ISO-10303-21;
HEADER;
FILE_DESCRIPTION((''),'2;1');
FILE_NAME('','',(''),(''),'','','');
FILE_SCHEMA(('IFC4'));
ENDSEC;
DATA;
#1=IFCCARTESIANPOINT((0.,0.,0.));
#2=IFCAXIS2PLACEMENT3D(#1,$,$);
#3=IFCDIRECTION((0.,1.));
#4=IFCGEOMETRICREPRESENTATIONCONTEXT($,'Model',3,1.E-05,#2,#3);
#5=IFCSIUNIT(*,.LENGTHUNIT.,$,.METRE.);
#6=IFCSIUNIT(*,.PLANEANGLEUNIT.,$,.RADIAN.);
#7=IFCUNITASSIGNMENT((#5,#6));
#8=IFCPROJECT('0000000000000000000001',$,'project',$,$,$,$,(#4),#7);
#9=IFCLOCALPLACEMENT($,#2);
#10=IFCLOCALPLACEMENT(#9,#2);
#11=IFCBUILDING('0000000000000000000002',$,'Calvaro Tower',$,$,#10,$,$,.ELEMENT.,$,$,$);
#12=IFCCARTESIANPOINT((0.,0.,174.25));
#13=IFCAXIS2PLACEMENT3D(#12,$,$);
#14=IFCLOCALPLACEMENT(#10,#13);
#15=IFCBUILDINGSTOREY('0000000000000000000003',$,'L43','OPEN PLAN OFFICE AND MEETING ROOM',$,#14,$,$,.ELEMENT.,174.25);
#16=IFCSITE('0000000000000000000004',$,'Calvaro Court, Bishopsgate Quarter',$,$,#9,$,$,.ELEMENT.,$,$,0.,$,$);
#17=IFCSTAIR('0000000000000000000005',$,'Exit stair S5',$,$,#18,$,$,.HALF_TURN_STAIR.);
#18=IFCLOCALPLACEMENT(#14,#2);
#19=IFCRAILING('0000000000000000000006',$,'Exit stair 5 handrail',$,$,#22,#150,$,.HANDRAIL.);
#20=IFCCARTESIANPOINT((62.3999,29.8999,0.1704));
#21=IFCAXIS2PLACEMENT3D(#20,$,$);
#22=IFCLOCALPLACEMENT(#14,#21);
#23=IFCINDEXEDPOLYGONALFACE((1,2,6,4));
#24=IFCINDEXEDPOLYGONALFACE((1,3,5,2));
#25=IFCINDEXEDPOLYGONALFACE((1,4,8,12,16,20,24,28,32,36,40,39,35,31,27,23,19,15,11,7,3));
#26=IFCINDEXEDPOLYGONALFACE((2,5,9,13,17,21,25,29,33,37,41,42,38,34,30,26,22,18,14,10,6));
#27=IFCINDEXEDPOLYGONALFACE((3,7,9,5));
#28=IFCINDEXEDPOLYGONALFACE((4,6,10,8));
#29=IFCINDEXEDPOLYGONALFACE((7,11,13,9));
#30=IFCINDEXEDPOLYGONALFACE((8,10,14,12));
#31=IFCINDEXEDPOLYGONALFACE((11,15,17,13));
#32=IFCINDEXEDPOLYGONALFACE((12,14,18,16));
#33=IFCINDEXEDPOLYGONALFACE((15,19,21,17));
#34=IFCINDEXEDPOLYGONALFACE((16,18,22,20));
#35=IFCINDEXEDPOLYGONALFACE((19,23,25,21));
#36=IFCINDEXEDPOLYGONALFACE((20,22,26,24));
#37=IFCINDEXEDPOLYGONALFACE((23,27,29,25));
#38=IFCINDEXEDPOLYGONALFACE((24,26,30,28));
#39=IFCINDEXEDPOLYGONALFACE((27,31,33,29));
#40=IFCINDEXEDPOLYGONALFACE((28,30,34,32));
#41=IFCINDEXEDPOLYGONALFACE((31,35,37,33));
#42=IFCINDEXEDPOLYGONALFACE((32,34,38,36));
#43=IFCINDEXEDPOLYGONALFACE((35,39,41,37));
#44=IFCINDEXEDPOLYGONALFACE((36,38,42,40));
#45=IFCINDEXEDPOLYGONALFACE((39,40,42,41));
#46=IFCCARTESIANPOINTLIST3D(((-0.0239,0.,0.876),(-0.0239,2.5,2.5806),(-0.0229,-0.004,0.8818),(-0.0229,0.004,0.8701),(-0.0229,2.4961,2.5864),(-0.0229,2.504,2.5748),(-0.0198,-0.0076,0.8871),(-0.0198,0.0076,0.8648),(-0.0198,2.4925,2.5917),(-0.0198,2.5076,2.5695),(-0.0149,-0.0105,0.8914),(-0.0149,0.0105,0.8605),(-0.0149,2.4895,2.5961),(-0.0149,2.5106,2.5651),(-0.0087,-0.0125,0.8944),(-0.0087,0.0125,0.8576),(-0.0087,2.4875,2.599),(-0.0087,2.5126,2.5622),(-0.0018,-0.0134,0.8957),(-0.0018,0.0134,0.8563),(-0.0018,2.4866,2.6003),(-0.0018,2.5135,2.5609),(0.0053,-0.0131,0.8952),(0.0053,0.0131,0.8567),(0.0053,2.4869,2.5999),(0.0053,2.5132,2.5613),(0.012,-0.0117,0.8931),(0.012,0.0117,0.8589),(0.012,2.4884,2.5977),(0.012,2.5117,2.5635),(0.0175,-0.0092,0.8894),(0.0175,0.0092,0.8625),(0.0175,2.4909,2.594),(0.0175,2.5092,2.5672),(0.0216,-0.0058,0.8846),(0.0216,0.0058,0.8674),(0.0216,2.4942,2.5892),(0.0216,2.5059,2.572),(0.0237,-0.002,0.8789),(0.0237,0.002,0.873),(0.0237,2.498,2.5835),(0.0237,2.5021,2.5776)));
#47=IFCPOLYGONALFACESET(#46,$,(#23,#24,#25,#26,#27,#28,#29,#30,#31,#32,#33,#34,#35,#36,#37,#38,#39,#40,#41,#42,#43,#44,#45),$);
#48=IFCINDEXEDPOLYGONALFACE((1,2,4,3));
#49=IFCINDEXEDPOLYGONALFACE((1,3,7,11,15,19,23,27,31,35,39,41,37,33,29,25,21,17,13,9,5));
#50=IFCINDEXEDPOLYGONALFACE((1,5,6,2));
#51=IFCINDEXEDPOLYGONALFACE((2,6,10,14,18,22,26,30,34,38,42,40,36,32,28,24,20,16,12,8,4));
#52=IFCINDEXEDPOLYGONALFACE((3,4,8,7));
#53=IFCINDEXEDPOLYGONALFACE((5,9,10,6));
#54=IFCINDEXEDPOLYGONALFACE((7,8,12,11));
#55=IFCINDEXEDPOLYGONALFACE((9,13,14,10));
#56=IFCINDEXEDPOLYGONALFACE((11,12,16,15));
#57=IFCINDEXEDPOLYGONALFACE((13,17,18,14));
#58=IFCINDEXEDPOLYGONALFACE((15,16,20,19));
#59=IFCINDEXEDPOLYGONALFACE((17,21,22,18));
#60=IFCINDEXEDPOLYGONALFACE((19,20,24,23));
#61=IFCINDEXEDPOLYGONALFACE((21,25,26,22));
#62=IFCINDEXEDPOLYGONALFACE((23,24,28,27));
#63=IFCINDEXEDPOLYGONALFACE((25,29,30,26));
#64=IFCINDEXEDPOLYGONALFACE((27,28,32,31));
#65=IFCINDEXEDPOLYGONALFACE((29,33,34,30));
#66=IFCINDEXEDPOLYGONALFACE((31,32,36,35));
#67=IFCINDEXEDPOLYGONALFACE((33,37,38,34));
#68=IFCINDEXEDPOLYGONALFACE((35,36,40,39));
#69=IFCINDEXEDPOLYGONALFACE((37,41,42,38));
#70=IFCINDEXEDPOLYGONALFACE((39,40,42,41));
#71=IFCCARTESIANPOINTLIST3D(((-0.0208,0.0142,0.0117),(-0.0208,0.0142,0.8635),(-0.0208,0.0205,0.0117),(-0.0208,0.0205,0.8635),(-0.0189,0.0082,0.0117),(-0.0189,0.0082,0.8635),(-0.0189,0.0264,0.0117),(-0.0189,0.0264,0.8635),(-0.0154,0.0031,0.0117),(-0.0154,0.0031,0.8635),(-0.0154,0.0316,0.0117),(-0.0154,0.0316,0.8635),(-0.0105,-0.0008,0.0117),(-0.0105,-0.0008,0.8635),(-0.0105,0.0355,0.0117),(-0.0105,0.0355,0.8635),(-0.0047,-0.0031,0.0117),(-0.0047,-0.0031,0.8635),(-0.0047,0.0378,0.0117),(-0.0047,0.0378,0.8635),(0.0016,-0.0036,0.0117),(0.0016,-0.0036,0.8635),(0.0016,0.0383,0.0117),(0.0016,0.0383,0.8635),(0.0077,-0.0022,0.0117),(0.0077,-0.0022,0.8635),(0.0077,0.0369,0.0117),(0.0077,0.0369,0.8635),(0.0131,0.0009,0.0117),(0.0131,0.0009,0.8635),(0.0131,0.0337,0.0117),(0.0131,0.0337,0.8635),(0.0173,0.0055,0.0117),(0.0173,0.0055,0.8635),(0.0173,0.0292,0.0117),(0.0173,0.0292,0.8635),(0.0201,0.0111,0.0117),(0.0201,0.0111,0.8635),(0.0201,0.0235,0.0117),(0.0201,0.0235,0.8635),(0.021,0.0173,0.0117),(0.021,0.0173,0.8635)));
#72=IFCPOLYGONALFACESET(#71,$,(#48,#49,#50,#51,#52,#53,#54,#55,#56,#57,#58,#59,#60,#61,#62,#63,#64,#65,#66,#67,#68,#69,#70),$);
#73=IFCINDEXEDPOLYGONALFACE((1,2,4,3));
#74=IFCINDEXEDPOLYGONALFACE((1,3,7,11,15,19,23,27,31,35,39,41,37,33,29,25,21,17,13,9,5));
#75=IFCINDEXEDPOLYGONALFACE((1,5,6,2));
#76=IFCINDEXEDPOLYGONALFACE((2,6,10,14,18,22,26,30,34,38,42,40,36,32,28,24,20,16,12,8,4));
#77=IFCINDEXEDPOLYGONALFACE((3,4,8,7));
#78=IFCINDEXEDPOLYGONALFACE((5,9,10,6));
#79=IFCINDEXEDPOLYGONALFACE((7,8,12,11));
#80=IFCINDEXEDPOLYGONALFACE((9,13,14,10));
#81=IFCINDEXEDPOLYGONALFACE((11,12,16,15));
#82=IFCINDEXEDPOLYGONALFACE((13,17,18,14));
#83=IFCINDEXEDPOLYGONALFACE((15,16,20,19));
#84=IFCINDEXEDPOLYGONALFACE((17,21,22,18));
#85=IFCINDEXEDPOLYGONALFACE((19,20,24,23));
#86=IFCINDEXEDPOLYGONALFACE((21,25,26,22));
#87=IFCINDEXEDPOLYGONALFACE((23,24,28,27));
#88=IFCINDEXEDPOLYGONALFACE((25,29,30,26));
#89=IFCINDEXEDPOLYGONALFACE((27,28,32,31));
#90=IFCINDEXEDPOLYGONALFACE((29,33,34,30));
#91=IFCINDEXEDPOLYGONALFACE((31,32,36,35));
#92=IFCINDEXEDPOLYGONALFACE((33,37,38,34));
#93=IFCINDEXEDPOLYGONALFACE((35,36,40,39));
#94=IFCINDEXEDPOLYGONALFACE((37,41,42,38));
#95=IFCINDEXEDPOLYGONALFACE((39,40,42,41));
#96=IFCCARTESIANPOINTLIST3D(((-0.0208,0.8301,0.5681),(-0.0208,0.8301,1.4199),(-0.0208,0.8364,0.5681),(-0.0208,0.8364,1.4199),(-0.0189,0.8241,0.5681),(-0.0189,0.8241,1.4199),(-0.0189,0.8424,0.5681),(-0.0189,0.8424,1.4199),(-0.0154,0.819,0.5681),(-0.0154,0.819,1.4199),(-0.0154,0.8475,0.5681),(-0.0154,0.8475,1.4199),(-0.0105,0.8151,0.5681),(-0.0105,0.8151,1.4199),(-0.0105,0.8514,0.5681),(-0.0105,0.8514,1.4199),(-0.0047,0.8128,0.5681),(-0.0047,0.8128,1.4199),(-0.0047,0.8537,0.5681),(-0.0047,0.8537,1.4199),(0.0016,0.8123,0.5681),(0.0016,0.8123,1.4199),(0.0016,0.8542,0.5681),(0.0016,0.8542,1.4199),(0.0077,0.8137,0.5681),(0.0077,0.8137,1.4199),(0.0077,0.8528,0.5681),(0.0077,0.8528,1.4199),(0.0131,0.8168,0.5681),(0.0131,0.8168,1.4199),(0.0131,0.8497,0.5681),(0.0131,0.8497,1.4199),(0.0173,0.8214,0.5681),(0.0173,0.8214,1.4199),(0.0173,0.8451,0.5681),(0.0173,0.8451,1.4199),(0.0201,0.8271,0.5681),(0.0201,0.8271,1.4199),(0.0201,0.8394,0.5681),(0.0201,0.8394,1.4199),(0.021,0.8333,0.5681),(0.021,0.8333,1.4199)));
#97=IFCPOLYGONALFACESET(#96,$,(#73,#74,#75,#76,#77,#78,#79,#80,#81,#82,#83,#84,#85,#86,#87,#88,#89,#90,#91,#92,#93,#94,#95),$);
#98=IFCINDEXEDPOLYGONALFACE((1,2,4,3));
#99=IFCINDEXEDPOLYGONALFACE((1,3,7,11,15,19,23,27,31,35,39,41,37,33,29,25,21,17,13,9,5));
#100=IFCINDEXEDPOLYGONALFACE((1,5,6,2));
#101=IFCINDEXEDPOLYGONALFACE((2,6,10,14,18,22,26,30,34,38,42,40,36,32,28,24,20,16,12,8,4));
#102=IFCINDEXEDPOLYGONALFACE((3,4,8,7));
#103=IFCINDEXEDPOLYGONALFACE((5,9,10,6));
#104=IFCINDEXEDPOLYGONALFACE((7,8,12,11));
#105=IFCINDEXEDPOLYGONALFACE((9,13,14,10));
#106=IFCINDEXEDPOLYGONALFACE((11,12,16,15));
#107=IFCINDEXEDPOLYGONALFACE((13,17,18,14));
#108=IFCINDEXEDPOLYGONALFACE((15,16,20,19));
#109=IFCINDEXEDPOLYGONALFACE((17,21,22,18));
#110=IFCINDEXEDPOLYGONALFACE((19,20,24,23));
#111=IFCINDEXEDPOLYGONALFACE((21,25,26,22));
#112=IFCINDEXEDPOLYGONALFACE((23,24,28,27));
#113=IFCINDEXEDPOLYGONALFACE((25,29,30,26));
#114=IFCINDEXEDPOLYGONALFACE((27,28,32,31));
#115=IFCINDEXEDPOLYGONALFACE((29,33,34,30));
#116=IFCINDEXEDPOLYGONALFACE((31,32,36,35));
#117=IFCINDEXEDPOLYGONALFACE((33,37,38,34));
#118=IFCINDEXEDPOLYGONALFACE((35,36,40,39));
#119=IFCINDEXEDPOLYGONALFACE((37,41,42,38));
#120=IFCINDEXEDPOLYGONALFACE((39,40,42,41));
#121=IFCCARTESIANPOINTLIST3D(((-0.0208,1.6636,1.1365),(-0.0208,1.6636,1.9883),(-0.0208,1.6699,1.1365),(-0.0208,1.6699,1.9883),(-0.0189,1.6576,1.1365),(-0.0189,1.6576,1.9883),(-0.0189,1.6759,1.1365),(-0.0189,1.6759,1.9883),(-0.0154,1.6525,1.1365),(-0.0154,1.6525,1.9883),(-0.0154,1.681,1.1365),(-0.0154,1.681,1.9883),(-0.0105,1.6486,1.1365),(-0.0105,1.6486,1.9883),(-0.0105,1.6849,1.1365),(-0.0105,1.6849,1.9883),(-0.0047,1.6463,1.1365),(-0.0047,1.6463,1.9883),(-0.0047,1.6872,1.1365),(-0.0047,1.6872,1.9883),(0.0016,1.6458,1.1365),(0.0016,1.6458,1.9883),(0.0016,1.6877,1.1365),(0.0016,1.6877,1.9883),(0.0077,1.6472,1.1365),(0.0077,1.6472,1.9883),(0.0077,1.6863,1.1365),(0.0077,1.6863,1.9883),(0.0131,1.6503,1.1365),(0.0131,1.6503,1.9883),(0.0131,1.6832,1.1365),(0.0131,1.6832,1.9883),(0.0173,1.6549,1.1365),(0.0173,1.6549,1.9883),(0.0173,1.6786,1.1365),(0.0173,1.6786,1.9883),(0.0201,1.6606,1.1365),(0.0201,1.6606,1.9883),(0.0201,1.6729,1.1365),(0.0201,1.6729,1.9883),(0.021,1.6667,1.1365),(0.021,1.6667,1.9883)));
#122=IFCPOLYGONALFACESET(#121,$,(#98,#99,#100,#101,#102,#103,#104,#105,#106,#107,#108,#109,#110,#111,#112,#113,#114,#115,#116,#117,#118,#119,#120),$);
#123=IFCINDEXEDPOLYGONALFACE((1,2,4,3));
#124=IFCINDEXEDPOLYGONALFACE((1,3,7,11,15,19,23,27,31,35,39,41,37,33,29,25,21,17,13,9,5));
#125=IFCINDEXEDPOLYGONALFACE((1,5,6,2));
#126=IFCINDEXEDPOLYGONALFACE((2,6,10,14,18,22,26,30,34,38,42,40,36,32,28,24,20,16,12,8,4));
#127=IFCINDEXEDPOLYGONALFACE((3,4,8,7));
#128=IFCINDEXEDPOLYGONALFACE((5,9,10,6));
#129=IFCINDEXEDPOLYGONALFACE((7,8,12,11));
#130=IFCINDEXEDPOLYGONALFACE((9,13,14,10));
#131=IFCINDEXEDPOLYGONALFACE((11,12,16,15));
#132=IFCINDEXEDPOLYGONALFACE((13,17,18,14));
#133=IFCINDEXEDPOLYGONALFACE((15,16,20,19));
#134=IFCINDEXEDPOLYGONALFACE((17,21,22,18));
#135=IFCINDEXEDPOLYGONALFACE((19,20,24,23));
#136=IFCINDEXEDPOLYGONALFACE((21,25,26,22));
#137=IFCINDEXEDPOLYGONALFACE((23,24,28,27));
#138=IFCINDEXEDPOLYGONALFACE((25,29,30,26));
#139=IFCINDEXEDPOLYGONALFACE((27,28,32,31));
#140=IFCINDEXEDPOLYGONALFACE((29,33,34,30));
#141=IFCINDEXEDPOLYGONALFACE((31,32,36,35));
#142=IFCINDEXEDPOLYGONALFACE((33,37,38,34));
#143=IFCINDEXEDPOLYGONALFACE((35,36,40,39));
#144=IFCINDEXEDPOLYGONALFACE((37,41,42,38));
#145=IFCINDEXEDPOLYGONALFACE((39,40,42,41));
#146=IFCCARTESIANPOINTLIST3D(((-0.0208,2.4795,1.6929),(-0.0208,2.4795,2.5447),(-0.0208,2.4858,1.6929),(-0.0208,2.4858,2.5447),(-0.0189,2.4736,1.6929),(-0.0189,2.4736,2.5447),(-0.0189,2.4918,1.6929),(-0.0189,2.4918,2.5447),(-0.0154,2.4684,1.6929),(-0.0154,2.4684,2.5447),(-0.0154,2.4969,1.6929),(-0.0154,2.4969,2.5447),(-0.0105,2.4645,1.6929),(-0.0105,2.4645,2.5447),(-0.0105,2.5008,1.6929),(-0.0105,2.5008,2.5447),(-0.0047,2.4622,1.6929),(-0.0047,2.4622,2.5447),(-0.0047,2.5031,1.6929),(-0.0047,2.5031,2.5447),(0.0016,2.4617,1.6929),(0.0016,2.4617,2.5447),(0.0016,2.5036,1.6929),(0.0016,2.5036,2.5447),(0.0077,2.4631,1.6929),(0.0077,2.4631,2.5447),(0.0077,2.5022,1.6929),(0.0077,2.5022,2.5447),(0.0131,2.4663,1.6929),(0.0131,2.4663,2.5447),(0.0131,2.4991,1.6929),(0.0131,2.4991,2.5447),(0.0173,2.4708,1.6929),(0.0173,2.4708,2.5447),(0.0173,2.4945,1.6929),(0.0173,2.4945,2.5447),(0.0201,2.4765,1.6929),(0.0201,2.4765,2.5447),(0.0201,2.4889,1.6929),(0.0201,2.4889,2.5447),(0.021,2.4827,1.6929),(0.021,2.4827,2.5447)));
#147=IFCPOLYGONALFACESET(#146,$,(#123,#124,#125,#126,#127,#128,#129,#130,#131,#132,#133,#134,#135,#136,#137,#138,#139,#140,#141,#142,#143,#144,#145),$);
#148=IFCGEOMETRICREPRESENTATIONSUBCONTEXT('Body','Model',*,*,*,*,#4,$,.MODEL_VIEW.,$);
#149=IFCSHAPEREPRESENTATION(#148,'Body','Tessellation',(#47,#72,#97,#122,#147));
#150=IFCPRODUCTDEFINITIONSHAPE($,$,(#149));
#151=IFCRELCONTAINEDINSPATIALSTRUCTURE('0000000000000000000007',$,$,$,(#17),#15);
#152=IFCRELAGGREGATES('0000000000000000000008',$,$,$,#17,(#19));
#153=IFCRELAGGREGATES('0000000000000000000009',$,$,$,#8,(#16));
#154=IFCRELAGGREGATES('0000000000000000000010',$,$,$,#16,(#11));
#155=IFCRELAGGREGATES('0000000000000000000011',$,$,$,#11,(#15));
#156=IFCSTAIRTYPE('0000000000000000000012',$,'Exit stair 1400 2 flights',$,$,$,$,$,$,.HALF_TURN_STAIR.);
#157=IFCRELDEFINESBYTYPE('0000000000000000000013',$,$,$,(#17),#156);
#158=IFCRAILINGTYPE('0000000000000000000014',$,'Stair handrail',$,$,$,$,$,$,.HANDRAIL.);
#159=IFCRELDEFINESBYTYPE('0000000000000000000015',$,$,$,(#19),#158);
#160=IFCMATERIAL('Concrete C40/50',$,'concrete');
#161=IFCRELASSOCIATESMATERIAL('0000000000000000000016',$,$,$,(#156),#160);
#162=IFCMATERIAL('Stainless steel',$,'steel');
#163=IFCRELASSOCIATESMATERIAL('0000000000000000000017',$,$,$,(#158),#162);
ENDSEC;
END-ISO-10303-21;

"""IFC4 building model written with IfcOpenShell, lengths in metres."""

from ifc_helpers import new_model, si_unit, direction, frame, origin, origin_2d, place, context, subcontext, project, spatial, circle, extrude, material, type_object, element, aggregate, save


model = new_model("IFC4")

# Units and contexts
model_context = context("Model", 3, precision=1e-05, world=origin(), true_north=direction((0.0, 1.0)))
body_context = subcontext(model_context, "Body", "Model", "MODEL_VIEW")
ifc_project = project(units=[si_unit("LENGTHUNIT", "METRE"), si_unit("PLANEANGLEUNIT", "RADIAN")], contexts=[model_context])

# Site, building, storey
site_placement = place(None, origin())
site = spatial("IfcSite", under=ifc_project, at=site_placement, Name="Calvaro Court, Bishopsgate Quarter", CompositionType="ELEMENT", RefElevation=0.0)
building_placement = place(site_placement, origin())
building = spatial("IfcBuilding", under=site, at=building_placement, Name="Calvaro Tower", CompositionType="ELEMENT")
storey_placement = place(building_placement, frame((0.0, 0.0, 174.25)))
storey = spatial("IfcBuildingStorey", under=building, at=storey_placement, Name="L43", Description="OPEN PLAN OFFICE AND MEETING ROOM", CompositionType="ELEMENT", Elevation=174.25)

# Stair
ifc_material_1 = material(Name="Concrete C40/50", Category="concrete")
stair_type = type_object("IfcStairType", Name="Exit stair 1400 2 flights", PredefinedType="HALF_TURN_STAIR", material=ifc_material_1)
stair_1_placement = place(storey_placement, origin())
stair_1 = element("IfcStair", 1, at=stair_1_placement, inside=storey, type_object=stair_type, Name="Exit stair S5", PredefinedType="HALF_TURN_STAIR")

# Railing
ifc_material_2 = material(Name="Stainless steel", Category="steel")
railing_type = type_object("IfcRailingType", Name="Stair handrail", PredefinedType="HANDRAIL", material=ifc_material_2)
railing_1_placement = place(storey_placement, frame((62.3999, 29.8999, 0.1704)))
railing_1 = element("IfcRailing", 2, at=railing_1_placement, type_object=railing_type, Name="Exit stair 5 handrail", PredefinedType="HANDRAIL", context=body_context, shape_type="SweptSolid", body=[
    extrude(circle(Radius=0.0239, at=origin_2d()), frame((0.0, 0.0, 0.876), z_axis=(0.0, 0.826221, 0.563347), x_axis=(-1.0, 0.0, 0.0)), (0.0, 0.0, 1.0), 3.0259),
    extrude(circle(Radius=0.021, at=origin_2d()), frame((0.0, 0.0173, 0.0117)), (0.0, 0.0, 1.0), 0.8518),
    extrude(circle(Radius=0.021, at=origin_2d()), frame((0.0, 0.8333, 0.5681)), (0.0, 0.0, 1.0), 0.8518),
    extrude(circle(Radius=0.021, at=origin_2d()), frame((0.0, 1.6667, 1.1365)), (0.0, 0.0, 1.0), 0.8518),
    extrude(circle(Radius=0.021, at=origin_2d()), frame((0.0, 2.4827, 1.6929)), (0.0, 0.0, 1.0), 0.8518),
])
aggregate(stair_1, [railing_1])

save(model, "model.ifc")
